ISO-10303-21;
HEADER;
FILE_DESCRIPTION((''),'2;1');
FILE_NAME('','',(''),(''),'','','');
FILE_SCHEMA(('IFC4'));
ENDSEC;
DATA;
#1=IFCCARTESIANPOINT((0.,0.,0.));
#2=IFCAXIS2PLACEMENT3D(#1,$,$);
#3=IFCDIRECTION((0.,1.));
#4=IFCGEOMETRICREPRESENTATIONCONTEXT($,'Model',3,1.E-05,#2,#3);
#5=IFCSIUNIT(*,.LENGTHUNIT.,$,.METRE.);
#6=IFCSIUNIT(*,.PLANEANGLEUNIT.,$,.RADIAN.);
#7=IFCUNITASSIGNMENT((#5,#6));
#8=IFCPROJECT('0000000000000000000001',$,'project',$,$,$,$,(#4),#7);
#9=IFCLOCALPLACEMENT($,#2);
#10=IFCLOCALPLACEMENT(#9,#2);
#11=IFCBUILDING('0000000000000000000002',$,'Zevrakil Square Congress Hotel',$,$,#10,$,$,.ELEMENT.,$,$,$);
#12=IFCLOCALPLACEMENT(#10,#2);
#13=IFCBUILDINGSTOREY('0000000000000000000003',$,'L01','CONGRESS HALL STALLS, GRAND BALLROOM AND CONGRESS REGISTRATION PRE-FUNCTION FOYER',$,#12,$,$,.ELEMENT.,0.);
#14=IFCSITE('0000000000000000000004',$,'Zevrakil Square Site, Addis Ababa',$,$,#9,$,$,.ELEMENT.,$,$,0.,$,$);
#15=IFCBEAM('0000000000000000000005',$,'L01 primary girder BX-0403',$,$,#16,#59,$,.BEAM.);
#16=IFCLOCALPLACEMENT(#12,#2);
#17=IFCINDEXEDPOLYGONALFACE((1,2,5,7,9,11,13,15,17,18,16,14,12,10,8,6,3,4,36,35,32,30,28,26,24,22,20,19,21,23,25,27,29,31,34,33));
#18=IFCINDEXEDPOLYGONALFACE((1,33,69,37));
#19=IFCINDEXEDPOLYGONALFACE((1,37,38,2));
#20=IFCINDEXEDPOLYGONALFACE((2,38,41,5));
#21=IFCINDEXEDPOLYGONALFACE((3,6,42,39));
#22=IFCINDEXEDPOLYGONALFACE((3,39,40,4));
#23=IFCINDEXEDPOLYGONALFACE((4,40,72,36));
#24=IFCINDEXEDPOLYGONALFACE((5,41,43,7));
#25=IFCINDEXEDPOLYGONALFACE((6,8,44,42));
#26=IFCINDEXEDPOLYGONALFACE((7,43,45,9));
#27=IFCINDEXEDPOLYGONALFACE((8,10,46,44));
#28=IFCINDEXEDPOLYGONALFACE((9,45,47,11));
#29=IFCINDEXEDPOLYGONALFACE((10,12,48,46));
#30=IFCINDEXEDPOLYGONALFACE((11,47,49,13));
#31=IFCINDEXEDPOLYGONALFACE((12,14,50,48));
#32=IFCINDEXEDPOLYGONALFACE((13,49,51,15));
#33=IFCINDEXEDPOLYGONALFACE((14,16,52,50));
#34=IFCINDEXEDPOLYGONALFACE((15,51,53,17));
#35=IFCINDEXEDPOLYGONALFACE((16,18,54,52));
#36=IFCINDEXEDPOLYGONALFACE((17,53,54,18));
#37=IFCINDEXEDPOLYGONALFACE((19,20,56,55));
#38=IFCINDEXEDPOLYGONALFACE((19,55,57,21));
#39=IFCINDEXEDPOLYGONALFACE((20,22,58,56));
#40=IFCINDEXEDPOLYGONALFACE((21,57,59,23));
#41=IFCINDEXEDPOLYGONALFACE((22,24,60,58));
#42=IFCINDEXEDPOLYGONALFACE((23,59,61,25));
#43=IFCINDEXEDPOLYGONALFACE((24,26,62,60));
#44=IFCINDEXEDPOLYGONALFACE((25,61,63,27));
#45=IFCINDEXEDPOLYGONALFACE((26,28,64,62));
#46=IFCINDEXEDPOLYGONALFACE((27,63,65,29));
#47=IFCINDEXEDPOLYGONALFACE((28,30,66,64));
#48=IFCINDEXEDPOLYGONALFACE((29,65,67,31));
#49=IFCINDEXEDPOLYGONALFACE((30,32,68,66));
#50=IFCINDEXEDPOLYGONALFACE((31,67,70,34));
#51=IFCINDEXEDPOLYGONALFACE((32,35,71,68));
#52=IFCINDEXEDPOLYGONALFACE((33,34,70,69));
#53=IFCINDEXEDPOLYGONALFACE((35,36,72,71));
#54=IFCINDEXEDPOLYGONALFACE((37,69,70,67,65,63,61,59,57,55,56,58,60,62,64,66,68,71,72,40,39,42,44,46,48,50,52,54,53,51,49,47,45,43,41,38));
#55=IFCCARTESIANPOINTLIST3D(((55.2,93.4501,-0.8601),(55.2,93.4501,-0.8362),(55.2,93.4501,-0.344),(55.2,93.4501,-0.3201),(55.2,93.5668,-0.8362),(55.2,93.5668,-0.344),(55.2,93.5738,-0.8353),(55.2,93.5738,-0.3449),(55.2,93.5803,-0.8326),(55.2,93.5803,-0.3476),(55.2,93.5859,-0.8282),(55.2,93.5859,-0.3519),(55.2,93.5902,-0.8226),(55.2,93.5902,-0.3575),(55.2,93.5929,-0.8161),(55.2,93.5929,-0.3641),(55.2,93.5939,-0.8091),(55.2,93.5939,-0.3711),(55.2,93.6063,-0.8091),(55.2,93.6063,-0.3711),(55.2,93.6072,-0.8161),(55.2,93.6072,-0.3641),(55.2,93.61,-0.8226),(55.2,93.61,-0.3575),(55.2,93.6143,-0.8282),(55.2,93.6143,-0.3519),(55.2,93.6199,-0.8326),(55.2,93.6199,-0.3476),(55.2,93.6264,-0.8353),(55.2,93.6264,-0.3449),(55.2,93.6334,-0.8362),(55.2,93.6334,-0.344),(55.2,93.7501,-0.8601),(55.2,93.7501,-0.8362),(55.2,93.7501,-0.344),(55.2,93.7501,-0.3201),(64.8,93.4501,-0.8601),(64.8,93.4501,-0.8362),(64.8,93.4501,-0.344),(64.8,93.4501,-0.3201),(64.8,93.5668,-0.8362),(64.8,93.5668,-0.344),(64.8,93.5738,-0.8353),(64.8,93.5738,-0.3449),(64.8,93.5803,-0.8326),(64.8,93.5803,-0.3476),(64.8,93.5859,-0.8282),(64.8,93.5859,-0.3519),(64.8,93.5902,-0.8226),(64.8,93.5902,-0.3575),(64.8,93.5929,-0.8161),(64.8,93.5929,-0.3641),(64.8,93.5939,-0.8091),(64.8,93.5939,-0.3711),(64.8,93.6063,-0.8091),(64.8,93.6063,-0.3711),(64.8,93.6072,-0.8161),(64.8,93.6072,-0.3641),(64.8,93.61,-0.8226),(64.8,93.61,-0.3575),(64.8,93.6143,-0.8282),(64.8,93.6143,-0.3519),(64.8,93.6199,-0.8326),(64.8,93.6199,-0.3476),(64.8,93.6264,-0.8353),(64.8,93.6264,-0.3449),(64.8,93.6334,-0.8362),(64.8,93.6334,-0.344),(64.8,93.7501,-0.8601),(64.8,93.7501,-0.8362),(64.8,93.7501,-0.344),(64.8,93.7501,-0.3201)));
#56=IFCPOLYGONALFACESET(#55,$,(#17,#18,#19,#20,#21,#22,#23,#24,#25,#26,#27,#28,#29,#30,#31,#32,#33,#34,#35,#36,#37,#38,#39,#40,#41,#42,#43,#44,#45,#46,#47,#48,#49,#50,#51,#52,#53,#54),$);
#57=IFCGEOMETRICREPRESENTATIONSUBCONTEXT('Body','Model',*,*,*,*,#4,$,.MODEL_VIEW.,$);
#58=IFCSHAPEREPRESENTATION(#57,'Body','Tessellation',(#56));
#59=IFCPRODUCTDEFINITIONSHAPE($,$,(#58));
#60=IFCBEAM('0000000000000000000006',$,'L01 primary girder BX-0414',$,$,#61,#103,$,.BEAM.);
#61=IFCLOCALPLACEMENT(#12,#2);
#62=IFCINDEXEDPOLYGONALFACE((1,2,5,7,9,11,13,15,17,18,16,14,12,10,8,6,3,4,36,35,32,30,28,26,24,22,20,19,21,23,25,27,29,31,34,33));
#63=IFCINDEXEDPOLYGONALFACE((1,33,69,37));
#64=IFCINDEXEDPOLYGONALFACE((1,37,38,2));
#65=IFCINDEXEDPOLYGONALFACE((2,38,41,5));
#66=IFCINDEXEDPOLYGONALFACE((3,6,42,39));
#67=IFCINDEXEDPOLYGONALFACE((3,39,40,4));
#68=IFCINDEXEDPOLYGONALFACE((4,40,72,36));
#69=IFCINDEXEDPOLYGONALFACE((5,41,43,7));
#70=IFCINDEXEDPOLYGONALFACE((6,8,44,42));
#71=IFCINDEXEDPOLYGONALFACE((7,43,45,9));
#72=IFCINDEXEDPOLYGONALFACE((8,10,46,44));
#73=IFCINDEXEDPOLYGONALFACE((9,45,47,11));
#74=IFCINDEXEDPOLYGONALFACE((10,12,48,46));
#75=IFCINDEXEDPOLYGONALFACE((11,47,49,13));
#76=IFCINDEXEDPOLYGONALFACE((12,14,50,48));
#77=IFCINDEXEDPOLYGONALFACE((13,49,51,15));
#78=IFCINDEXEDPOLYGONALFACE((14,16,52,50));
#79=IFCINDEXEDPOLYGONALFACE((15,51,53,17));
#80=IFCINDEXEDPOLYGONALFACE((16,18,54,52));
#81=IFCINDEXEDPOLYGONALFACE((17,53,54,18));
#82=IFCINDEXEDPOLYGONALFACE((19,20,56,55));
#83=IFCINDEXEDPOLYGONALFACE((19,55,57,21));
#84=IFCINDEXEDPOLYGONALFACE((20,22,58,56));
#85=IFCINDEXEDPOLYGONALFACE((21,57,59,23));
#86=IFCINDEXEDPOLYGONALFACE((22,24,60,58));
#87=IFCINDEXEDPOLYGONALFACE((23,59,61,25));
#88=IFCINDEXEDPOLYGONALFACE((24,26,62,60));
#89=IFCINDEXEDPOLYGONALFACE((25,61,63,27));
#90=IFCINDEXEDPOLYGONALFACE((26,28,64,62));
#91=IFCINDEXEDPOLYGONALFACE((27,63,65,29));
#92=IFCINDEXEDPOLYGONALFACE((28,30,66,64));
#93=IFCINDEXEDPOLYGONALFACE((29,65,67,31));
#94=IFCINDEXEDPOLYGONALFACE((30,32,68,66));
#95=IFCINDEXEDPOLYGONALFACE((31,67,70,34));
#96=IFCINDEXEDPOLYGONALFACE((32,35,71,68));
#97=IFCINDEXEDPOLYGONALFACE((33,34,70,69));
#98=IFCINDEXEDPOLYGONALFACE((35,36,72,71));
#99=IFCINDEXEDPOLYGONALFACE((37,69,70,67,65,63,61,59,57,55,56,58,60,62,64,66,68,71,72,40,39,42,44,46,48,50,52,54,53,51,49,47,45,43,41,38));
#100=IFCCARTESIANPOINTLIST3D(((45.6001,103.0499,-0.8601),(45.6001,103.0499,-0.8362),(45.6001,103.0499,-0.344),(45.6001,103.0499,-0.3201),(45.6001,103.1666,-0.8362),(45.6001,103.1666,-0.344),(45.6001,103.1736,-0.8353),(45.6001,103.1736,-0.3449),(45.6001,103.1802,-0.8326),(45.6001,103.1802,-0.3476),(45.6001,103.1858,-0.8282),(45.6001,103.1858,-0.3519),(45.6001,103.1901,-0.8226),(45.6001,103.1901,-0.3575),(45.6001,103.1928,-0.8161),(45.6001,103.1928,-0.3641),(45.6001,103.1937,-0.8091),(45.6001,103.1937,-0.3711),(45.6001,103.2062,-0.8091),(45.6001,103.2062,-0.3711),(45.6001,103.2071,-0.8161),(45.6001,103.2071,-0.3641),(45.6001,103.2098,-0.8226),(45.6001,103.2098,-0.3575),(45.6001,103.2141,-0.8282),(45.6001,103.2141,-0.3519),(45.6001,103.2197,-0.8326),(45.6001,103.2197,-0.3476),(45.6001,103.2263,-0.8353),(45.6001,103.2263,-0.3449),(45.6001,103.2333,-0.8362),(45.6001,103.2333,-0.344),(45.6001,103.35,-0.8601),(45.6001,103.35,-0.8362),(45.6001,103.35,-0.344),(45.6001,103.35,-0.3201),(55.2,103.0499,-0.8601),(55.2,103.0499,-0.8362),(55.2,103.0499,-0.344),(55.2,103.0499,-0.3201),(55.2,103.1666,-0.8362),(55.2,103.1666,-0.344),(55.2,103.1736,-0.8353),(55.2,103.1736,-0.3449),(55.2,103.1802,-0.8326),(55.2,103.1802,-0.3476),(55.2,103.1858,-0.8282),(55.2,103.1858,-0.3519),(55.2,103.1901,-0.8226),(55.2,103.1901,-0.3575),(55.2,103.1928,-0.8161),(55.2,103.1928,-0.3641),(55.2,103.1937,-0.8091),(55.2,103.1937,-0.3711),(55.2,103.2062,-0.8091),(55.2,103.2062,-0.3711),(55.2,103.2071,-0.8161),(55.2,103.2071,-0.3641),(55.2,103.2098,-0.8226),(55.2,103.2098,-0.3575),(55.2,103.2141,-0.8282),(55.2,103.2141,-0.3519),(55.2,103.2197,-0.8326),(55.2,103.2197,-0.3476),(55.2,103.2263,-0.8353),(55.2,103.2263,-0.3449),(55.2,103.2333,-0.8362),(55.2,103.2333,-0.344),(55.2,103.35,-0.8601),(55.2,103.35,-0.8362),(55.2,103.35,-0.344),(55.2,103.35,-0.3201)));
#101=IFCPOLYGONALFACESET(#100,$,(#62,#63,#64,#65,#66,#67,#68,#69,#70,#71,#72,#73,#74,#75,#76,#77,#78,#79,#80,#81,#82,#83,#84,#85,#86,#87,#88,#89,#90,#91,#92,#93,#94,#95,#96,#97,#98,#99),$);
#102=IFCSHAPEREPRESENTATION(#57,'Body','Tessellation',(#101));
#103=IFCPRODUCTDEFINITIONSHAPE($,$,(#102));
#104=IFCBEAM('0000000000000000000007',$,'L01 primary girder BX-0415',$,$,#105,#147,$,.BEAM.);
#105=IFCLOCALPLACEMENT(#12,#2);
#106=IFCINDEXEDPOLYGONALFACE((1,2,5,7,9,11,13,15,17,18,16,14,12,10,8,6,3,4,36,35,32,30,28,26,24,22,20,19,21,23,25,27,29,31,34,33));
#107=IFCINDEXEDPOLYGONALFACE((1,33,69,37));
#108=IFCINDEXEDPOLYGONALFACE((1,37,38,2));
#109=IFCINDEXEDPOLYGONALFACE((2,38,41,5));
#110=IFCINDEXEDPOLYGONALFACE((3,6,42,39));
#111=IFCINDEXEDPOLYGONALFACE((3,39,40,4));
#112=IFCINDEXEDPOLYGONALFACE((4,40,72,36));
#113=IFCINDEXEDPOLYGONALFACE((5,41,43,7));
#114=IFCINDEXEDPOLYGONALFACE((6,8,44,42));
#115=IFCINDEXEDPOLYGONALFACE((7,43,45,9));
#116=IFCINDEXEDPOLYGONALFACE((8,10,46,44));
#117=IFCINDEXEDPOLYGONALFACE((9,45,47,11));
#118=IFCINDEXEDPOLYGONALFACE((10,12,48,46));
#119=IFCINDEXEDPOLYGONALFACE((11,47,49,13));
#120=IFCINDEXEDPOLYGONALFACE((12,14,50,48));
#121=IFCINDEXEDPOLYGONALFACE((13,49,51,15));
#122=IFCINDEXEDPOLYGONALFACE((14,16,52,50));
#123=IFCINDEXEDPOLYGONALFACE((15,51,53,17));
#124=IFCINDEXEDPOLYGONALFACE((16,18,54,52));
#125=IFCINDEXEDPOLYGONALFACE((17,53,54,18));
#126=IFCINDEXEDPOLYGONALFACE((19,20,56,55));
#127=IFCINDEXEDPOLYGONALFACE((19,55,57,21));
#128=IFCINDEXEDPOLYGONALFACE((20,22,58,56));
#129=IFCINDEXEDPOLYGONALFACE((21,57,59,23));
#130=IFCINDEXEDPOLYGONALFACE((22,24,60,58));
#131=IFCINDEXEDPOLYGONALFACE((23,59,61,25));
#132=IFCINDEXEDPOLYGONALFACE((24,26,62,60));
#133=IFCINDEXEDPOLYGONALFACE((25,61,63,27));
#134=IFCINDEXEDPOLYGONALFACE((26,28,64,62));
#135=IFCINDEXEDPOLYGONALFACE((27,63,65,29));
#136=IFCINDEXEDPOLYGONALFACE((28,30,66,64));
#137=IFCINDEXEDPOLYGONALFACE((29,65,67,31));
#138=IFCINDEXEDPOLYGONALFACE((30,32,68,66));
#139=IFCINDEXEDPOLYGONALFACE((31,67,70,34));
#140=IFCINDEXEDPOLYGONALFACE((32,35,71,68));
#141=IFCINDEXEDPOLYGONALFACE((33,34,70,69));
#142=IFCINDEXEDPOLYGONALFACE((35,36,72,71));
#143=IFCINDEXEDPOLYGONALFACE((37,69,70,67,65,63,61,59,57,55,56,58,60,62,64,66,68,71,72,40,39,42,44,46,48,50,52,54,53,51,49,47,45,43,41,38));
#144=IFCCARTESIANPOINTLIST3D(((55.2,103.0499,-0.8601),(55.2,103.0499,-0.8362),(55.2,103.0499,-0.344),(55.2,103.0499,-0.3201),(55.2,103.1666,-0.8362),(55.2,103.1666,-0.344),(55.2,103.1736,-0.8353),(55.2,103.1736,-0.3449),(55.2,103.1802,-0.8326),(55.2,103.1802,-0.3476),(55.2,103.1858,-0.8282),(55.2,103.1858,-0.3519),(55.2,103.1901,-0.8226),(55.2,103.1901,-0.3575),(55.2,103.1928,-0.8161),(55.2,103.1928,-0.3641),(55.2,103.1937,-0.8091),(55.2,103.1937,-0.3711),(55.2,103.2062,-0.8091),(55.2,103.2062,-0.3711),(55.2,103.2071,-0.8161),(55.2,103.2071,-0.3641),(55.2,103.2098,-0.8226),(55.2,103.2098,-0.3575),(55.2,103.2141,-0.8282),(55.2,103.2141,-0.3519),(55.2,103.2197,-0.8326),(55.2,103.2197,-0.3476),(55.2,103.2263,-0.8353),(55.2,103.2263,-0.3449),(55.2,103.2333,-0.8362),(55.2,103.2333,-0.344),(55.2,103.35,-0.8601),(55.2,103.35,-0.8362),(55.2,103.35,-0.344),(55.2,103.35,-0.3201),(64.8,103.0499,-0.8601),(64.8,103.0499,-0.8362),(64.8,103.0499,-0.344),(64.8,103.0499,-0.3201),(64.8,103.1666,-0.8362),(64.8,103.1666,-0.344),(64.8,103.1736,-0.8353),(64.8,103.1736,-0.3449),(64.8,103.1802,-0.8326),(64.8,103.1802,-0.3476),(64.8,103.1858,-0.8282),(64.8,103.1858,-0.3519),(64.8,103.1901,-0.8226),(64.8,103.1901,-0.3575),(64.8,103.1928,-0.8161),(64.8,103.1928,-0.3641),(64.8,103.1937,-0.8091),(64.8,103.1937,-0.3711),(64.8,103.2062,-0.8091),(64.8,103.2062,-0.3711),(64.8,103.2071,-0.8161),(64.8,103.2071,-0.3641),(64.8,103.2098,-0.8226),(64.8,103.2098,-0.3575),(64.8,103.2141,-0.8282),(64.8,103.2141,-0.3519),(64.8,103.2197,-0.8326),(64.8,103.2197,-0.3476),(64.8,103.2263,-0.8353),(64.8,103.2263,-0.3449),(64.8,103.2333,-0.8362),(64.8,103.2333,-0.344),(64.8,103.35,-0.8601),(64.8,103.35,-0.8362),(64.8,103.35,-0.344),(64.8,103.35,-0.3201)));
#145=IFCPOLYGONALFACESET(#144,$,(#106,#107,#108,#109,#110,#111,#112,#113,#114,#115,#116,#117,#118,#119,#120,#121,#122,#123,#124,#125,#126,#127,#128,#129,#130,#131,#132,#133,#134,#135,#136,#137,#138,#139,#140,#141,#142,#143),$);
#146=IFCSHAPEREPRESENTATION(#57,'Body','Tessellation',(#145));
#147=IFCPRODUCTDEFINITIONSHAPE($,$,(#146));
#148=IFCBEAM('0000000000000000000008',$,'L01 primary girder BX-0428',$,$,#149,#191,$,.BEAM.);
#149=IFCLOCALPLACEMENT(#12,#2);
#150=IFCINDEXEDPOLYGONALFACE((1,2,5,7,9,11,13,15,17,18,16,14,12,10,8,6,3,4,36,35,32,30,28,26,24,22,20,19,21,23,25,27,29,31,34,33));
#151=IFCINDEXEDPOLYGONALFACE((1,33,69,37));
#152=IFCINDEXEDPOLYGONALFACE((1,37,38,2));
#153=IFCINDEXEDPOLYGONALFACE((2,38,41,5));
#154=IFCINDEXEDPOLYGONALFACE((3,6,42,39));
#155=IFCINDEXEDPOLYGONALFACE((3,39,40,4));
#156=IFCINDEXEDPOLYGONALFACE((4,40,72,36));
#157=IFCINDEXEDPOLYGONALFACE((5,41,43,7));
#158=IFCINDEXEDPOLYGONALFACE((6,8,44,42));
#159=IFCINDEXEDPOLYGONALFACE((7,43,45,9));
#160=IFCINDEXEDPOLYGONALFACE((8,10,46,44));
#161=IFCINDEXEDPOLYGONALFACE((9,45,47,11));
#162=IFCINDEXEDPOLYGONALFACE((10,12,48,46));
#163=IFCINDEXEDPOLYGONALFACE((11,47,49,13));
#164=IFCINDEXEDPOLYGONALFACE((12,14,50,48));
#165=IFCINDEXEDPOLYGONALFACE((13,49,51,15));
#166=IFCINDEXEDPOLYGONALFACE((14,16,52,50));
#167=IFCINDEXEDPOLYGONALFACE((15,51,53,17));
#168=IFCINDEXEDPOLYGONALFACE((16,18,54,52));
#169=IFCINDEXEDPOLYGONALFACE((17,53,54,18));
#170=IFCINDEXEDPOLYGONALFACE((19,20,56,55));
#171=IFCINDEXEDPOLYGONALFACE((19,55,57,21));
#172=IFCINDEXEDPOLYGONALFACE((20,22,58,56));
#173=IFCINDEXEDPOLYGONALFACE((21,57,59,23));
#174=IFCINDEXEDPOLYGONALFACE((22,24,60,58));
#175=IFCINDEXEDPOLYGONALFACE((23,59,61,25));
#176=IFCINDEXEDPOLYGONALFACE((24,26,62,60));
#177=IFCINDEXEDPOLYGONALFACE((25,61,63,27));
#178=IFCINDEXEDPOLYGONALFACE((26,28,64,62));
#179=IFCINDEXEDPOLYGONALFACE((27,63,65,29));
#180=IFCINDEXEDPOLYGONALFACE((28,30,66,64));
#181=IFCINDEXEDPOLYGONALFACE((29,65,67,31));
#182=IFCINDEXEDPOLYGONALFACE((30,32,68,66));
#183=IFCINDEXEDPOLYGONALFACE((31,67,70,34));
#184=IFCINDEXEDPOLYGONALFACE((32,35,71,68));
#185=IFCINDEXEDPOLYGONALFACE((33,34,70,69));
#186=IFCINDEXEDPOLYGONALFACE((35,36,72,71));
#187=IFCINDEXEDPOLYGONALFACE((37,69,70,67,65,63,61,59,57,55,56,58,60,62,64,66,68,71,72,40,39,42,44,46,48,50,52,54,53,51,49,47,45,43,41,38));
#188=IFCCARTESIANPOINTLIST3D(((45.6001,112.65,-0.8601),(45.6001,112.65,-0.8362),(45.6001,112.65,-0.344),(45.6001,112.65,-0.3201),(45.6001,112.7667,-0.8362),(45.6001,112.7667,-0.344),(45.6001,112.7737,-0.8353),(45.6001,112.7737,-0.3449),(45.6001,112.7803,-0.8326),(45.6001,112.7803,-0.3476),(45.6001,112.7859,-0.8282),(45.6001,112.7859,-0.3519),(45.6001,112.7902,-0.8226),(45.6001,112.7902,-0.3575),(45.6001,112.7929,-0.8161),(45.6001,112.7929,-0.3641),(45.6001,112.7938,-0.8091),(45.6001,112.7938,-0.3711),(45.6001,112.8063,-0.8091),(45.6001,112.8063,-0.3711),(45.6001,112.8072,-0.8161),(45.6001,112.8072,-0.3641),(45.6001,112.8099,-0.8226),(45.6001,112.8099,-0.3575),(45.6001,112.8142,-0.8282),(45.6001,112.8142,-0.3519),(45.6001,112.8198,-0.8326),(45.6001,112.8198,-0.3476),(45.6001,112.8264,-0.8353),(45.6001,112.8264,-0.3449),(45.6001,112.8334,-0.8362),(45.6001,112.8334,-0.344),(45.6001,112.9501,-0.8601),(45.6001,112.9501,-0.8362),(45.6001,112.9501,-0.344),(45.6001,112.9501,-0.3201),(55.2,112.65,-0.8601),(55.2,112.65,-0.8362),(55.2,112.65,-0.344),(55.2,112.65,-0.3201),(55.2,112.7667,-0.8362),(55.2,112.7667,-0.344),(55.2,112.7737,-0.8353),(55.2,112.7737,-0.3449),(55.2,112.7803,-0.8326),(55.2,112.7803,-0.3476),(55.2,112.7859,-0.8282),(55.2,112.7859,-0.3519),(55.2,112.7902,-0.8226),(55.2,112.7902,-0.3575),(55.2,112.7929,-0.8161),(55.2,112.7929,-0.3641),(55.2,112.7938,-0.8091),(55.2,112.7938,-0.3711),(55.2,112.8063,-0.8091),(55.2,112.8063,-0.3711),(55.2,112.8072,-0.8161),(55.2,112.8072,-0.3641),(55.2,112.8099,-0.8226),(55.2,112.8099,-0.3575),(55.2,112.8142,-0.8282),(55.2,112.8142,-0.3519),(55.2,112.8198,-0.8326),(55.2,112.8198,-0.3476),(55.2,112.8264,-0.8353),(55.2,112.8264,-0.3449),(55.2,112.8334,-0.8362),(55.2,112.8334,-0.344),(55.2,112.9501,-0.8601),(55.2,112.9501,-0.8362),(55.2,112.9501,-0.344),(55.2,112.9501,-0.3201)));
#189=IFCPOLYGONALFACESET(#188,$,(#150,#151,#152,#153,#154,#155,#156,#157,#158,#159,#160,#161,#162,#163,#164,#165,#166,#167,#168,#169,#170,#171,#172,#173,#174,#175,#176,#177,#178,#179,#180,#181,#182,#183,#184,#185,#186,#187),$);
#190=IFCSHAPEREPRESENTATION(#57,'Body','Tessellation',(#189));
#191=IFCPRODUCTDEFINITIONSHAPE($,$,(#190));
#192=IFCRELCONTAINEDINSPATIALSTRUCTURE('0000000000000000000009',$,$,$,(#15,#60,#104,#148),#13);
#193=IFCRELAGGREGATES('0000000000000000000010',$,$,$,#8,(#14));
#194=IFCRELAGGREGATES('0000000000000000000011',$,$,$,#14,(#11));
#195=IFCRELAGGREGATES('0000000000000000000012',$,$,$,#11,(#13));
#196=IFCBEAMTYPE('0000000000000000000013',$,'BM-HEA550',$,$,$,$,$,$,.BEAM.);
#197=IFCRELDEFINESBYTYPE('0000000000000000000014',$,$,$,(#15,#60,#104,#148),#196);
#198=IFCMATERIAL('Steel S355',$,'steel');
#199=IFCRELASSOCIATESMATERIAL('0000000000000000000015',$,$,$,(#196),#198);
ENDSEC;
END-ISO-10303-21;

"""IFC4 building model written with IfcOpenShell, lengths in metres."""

from ifc_helpers import new_model, si_unit, direction, frame, origin, origin_2d, place, context, subcontext, project, spatial, i_section, extrude, material, material_profile, profile_set, type_object, element, save


model = new_model("IFC4")

# Units and contexts
model_context = context("Model", 3, precision=1e-05, world=origin(), true_north=direction((0.0, 1.0)))
body_context = subcontext(model_context, "Body", "Model", "MODEL_VIEW")
ifc_project = project(units=[si_unit("LENGTHUNIT", "METRE"), si_unit("PLANEANGLEUNIT", "RADIAN")], contexts=[model_context])

# Site, building, storey
site_placement = place(None, origin())
site = spatial("IfcSite", under=ifc_project, at=site_placement, Name="Zevrakil Square Site, Addis Ababa", CompositionType="ELEMENT", RefElevation=0.0)
building_placement = place(site_placement, origin())
building = spatial("IfcBuilding", under=site, at=building_placement, Name="Zevrakil Square Congress Hotel", CompositionType="ELEMENT")
storey_placement = place(building_placement, origin())
storey = spatial("IfcBuildingStorey", under=building, at=storey_placement, Name="L01", Description="CONGRESS HALL STALLS, GRAND BALLROOM AND CONGRESS REGISTRATION PRE-FUNCTION FOYER", CompositionType="ELEMENT", Elevation=0.0)

# Beams
ifc_material_1 = material(Name="Steel S355", Category="steel")
ifc_material_profile_1 = material_profile(ifc_material_1, i_section(OverallWidth=0.3, OverallDepth=0.54, WebThickness=0.0125, FlangeThickness=0.0239, FilletRadius=0.0271, at=origin_2d()), Name="HEA 550")
ifc_profile_set_1 = profile_set([ifc_material_profile_1], Name="Steel S355")
beam_type_1 = type_object("IfcBeamType", Name="BM-HEA550", PredefinedType="BEAM", material=ifc_profile_set_1)
beam_1_placement = place(storey_placement, frame((55.2, 93.6001, -0.5901), z_axis=(1.0, 0.0, 0.0), x_axis=(0.0, 1.0, 0.0)))
element("IfcBeam", 1, at=beam_1_placement, inside=storey, type_object=beam_type_1, Name="L01 primary girder BX-0403", PredefinedType="BEAM", context=body_context, shape_type="SweptSolid", body=[
    extrude(i_section(OverallWidth=0.3, OverallDepth=0.54, WebThickness=0.0125, FlangeThickness=0.0239, FilletRadius=0.0271, at=origin_2d()), origin(), (0.0, 0.0, 1.0), 9.6001),
])
beam_2_placement = place(storey_placement, frame((45.6001, 103.2, -0.5901), z_axis=(1.0, 0.0, 0.0), x_axis=(0.0, 1.0, 0.0)))
element("IfcBeam", 2, at=beam_2_placement, inside=storey, type_object=beam_type_1, Name="L01 primary girder BX-0414", PredefinedType="BEAM", context=body_context, shape_type="SweptSolid", body=[
    extrude(i_section(OverallWidth=0.3, OverallDepth=0.54, WebThickness=0.0125, FlangeThickness=0.0239, FilletRadius=0.0271, at=origin_2d()), origin(), (0.0, 0.0, 1.0), 9.5999),
])
beam_3_placement = place(storey_placement, frame((55.2, 103.2, -0.5901), z_axis=(1.0, 0.0, 0.0), x_axis=(0.0, 1.0, 0.0)))
element("IfcBeam", 3, at=beam_3_placement, inside=storey, type_object=beam_type_1, Name="L01 primary girder BX-0415", PredefinedType="BEAM", context=body_context, shape_type="SweptSolid", body=[
    extrude(i_section(OverallWidth=0.3, OverallDepth=0.54, WebThickness=0.0125, FlangeThickness=0.0239, FilletRadius=0.0271, at=origin_2d()), origin(), (0.0, 0.0, 1.0), 9.6001),
])
beam_4_placement = place(storey_placement, frame((45.6001, 112.8, -0.5901), z_axis=(1.0, 0.0, 0.0), x_axis=(0.0, 1.0, 0.0)))
element("IfcBeam", 4, at=beam_4_placement, inside=storey, type_object=beam_type_1, Name="L01 primary girder BX-0428", PredefinedType="BEAM", context=body_context, shape_type="SweptSolid", body=[
    extrude(i_section(OverallWidth=0.3, OverallDepth=0.54, WebThickness=0.0125, FlangeThickness=0.0239, FilletRadius=0.0271, at=origin_2d()), origin(), (0.0, 0.0, 1.0), 9.5999),
])

save(model, "model.ifc")
